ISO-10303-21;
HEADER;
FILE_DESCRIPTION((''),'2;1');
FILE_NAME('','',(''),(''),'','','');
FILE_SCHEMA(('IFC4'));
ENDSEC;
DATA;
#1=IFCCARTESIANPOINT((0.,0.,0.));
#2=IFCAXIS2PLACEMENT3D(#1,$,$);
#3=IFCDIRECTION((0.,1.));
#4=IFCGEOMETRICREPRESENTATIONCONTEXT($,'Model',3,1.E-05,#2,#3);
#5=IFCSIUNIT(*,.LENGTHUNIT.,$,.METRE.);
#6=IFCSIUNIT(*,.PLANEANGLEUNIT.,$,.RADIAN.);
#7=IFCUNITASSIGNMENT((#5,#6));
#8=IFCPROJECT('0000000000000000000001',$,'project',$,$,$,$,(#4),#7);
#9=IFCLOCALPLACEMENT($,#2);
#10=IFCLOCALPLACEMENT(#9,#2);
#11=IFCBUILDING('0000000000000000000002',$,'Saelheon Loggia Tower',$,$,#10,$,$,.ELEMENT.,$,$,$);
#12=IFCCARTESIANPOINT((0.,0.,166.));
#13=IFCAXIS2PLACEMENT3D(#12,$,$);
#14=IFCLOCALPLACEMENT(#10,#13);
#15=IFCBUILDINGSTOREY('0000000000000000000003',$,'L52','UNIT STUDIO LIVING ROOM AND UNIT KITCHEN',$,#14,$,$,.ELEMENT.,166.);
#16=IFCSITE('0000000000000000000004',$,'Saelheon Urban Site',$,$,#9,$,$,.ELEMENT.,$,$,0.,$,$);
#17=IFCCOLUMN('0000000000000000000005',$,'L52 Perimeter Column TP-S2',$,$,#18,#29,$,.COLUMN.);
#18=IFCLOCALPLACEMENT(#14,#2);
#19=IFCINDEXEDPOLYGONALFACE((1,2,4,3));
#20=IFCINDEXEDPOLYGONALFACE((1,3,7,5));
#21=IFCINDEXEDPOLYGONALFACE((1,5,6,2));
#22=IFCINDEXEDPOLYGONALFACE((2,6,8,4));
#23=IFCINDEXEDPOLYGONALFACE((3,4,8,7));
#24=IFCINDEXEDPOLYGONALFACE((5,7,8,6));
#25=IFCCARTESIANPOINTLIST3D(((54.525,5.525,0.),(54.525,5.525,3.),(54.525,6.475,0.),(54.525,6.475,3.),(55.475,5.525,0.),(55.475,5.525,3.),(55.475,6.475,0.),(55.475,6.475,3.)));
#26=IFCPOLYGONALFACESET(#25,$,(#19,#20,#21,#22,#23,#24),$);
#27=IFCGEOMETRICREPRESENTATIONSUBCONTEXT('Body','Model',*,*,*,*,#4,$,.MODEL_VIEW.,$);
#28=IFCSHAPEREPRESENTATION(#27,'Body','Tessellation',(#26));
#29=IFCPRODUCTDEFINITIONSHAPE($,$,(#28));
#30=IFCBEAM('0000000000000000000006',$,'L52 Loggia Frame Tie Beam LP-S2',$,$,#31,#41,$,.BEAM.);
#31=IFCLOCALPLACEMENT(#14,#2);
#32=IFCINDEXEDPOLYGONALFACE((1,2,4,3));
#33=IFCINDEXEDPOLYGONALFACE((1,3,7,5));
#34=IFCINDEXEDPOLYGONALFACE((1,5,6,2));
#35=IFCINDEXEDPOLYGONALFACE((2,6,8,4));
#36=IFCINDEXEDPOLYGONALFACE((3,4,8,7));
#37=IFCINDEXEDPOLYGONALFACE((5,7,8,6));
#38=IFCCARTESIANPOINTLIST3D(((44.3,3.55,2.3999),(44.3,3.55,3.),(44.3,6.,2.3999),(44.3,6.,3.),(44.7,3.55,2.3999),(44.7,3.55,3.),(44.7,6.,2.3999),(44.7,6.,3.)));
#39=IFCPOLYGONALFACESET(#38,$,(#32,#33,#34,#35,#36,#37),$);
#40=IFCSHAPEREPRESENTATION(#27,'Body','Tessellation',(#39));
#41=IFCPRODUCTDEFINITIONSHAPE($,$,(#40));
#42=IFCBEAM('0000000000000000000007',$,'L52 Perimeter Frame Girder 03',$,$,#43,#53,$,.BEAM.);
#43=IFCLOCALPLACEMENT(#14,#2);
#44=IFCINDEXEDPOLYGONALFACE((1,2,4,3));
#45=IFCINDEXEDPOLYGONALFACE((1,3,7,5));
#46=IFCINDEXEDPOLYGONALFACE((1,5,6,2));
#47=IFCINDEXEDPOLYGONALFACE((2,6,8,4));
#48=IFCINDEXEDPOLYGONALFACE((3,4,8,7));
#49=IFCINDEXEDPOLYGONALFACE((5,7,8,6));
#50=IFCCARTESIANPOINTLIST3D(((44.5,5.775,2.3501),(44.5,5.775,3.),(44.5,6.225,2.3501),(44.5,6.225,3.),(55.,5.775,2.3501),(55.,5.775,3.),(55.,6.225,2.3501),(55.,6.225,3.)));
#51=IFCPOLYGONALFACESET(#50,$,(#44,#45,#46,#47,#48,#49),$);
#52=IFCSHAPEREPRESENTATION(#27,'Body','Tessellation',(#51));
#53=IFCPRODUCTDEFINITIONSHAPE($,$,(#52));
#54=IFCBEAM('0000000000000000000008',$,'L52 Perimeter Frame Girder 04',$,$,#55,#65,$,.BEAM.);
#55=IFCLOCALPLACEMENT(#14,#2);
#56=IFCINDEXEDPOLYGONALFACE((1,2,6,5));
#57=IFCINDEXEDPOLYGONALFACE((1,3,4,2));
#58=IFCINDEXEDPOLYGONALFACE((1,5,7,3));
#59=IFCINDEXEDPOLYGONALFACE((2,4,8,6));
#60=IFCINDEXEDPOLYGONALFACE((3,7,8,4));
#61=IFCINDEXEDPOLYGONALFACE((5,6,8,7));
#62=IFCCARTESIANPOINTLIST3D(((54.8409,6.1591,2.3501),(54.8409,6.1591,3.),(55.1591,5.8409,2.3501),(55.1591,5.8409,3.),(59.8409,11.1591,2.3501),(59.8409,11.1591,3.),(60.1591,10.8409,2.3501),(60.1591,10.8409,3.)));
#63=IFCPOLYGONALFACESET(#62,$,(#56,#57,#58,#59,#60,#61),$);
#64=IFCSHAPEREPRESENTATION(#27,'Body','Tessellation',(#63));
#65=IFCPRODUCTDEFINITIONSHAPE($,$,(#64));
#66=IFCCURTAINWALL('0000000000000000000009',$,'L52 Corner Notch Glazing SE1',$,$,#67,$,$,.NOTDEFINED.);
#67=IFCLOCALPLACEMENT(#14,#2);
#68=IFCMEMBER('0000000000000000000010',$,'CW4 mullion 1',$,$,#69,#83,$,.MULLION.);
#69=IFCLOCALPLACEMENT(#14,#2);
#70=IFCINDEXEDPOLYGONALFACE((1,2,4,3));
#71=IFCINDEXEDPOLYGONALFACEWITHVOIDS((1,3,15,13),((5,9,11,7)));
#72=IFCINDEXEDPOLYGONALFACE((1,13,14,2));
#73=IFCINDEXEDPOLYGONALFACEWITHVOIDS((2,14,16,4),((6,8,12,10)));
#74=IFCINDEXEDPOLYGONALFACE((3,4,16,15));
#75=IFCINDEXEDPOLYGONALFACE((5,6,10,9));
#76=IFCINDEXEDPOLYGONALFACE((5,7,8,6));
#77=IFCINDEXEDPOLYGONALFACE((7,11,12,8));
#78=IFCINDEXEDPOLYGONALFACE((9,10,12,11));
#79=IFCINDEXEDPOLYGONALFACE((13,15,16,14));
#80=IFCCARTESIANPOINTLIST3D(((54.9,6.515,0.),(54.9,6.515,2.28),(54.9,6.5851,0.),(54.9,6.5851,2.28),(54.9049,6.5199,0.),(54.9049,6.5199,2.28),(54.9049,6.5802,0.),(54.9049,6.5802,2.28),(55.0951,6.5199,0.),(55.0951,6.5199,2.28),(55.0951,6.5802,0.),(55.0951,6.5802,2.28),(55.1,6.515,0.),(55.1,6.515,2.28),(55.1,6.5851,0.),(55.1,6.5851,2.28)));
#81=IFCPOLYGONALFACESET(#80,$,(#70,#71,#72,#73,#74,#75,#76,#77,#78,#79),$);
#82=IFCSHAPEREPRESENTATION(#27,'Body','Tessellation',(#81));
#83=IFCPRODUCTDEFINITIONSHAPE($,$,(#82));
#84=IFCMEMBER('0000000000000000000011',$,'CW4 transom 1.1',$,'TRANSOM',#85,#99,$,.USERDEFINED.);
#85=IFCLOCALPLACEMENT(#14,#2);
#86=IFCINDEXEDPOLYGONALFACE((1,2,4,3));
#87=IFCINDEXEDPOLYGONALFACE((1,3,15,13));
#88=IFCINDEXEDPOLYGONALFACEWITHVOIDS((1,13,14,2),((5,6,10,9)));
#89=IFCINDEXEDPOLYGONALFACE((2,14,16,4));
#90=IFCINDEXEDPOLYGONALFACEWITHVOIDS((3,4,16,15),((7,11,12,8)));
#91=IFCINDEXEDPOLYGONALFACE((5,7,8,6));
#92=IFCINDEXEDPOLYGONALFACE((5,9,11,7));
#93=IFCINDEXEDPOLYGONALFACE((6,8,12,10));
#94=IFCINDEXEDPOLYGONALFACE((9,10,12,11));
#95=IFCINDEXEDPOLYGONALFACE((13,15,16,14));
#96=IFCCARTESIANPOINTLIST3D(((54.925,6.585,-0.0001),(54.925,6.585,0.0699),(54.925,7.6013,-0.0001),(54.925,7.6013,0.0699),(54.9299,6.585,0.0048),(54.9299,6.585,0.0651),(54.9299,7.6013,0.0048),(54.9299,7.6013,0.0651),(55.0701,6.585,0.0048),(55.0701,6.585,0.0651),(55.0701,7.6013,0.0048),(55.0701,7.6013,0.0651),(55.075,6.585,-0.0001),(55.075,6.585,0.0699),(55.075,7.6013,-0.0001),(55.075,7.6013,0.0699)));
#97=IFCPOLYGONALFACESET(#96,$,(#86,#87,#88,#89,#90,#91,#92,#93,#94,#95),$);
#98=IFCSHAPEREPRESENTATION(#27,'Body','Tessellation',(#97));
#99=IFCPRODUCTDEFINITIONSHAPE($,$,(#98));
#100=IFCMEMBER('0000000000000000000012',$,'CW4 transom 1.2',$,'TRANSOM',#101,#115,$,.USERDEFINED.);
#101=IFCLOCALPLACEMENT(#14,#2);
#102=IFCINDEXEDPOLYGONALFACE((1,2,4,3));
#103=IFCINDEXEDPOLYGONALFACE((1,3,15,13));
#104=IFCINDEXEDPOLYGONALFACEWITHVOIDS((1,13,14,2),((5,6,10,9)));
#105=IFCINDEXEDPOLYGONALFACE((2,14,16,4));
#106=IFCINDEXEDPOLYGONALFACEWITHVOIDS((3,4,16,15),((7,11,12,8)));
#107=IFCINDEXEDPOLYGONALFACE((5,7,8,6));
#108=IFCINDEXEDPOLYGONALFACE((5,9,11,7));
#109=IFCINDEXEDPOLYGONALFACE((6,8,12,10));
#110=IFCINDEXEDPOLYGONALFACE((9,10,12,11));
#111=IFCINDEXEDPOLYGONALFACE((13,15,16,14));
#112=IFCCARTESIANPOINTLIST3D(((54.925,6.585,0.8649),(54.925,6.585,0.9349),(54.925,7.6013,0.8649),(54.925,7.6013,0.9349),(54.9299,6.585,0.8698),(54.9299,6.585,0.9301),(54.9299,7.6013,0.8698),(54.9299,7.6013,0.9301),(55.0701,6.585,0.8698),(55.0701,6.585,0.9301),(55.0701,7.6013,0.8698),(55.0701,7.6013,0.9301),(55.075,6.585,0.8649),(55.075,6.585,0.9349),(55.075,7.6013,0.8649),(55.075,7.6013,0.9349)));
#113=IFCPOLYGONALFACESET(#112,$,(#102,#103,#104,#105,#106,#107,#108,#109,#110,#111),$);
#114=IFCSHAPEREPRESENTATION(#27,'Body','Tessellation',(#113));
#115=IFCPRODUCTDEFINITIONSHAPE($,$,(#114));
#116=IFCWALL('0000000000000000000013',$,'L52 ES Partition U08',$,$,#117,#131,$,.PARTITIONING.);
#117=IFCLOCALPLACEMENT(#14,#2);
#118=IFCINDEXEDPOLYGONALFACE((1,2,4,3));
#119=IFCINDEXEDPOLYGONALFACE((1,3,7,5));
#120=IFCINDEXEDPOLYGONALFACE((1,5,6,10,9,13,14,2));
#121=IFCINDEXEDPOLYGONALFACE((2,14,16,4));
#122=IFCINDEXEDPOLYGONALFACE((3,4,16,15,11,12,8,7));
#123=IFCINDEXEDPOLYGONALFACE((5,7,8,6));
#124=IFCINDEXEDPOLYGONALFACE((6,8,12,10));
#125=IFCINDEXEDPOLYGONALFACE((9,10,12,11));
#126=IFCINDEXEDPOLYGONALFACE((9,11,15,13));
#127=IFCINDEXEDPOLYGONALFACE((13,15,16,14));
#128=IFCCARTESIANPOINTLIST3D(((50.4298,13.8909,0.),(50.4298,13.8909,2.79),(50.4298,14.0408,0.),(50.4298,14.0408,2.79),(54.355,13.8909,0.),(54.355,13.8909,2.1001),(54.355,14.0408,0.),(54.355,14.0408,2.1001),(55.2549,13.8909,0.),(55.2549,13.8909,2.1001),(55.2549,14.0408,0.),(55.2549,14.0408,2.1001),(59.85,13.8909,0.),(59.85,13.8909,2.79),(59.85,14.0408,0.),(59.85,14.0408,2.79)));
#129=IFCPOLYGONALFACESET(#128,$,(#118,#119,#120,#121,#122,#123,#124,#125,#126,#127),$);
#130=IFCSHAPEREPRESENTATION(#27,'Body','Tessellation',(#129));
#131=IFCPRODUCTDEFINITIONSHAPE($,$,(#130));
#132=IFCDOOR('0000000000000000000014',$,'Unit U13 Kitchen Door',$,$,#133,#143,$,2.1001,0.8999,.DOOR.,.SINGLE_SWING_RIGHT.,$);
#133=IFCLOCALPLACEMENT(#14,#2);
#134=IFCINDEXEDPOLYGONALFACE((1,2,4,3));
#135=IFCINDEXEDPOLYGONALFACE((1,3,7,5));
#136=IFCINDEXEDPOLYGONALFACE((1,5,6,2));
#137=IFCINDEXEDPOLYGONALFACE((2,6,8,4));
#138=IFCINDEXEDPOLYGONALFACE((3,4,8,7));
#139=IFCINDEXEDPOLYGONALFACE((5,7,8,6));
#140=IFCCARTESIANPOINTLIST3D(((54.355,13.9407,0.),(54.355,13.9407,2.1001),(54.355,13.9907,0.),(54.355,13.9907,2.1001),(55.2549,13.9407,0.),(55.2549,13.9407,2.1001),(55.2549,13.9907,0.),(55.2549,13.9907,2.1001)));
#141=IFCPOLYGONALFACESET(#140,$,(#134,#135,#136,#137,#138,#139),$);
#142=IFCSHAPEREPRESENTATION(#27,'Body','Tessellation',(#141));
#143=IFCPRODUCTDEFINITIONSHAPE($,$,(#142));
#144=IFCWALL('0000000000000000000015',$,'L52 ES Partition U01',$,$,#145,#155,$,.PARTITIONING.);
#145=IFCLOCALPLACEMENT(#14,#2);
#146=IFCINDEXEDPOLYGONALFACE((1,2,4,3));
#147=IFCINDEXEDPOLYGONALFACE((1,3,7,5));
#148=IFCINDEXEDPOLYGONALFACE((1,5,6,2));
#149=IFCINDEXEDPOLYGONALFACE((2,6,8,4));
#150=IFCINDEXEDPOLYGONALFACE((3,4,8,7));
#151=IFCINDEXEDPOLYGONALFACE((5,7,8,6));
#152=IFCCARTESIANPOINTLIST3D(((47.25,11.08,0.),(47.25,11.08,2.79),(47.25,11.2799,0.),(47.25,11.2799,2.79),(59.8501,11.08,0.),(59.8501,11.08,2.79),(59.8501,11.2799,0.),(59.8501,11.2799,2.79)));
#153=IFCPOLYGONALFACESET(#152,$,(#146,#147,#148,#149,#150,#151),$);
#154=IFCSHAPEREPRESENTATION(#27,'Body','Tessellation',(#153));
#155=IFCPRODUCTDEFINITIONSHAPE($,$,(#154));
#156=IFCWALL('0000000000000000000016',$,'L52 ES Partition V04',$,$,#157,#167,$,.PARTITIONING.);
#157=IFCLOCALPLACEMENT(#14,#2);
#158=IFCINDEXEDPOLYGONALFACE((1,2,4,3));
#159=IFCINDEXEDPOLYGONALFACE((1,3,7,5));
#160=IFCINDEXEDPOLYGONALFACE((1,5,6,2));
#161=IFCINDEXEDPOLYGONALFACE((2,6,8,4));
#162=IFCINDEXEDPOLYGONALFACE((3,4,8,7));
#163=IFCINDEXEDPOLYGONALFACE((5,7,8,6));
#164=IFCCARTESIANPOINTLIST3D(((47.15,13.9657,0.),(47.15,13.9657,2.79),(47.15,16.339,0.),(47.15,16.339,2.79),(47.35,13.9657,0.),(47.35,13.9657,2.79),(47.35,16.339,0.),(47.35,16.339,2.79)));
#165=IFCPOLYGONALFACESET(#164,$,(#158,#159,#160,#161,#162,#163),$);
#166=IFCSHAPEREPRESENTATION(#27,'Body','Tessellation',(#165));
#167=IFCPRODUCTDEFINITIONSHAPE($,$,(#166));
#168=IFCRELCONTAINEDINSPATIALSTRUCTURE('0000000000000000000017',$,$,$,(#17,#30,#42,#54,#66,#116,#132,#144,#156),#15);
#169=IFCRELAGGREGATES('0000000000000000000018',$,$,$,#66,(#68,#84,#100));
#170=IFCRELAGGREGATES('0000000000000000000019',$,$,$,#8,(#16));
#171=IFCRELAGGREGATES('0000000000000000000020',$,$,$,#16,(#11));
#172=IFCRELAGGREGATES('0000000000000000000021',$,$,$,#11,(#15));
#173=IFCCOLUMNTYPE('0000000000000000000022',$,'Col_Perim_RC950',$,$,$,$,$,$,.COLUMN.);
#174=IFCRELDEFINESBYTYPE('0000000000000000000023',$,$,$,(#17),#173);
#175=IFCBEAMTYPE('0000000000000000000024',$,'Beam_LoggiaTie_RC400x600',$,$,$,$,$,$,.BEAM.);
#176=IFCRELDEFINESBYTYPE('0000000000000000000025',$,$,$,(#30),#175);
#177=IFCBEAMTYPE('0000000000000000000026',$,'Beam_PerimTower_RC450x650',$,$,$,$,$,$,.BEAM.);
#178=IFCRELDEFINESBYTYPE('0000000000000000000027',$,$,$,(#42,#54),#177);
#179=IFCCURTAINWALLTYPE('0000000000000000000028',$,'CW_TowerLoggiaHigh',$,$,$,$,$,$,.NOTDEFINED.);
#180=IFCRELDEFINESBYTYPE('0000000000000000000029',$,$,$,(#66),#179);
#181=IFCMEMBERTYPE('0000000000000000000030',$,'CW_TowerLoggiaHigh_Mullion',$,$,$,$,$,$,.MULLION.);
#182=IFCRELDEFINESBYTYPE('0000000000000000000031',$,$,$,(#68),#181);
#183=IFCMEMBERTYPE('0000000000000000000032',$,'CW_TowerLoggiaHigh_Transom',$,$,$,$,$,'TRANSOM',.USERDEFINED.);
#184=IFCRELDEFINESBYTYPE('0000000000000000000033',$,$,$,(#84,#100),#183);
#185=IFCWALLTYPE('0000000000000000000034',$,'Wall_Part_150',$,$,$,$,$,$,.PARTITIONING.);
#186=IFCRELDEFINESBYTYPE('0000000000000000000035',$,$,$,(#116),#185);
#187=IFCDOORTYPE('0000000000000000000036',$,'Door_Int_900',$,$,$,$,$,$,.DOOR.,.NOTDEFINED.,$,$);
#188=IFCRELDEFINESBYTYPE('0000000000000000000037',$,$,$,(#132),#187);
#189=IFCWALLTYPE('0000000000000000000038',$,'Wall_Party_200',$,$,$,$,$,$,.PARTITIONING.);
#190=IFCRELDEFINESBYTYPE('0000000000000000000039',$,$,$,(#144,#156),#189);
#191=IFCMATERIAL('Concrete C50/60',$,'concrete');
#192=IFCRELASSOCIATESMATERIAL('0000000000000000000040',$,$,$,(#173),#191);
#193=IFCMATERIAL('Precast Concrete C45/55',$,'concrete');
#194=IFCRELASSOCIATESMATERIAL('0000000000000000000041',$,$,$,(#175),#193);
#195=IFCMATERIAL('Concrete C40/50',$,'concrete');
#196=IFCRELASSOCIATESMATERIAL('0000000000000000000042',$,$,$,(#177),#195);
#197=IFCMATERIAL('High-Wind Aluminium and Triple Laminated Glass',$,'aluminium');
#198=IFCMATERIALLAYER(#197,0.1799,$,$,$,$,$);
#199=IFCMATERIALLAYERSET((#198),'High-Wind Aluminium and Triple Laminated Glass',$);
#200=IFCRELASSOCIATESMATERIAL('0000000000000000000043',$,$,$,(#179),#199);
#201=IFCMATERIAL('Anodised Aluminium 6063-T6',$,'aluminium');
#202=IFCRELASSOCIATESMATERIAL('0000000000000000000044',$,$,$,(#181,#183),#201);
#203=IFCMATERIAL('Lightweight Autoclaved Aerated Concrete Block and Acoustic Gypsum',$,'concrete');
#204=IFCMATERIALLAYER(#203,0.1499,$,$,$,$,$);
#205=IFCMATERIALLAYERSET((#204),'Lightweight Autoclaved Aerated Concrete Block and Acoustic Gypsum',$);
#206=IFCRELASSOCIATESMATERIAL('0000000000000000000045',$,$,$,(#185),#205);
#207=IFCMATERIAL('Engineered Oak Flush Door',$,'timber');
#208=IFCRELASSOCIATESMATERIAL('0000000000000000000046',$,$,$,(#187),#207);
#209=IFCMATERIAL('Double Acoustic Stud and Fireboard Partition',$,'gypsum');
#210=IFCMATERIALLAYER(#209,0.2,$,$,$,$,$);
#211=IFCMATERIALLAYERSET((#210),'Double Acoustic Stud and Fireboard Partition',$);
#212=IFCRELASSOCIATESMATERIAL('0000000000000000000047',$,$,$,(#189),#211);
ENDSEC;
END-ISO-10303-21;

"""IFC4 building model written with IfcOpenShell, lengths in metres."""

from ifc_helpers import new_model, si_unit, direction, frame, frame_2d, origin, origin_2d, place, context, subcontext, project, spatial, rectangle, hollow_rectangle, extrude, source, transform, mapped, material, layer, layer_set, material_profile, profile_set, type_object, element, fill, aggregate, save


model = new_model("IFC4")

# Units and contexts
model_context = context("Model", 3, precision=1e-05, world=origin(), true_north=direction((0.0, 1.0)))
body_context = subcontext(model_context, "Body", "Model", "MODEL_VIEW")
ifc_project = project(units=[si_unit("LENGTHUNIT", "METRE"), si_unit("PLANEANGLEUNIT", "RADIAN")], contexts=[model_context])

# Site, building, storey
site_placement = place(None, origin())
site = spatial("IfcSite", under=ifc_project, at=site_placement, Name="Saelheon Urban Site", CompositionType="ELEMENT", RefElevation=0.0)
building_placement = place(site_placement, origin())
building = spatial("IfcBuilding", under=site, at=building_placement, Name="Saelheon Loggia Tower", CompositionType="ELEMENT")
storey_placement = place(building_placement, frame((0.0, 0.0, 166.0)))
storey = spatial("IfcBuildingStorey", under=building, at=storey_placement, Name="L52", Description="UNIT STUDIO LIVING ROOM AND UNIT KITCHEN", CompositionType="ELEMENT", Elevation=166.0)

# Column
ifc_material_1 = material(Name="Concrete C50/60", Category="concrete")
ifc_material_profile_1 = material_profile(ifc_material_1, rectangle(XDim=0.95, YDim=0.95, at=origin_2d()), Name="RC-950x950")
ifc_profile_set_1 = profile_set([ifc_material_profile_1], Name="Concrete C50/60")
column_type = type_object("IfcColumnType", Name="Col_Perim_RC950", PredefinedType="COLUMN", material=ifc_profile_set_1)
shared_shape_1 = source(origin(), body_context, "Body", "SweptSolid", [
    extrude(rectangle(XDim=0.95, YDim=0.95, at=origin_2d()), origin(), (0.0, 0.0, 1.0), 3.0),
])
column_placement = place(storey_placement, frame((55.0, 6.0, 0.0), z_axis=(0.0, 0.0, 1.0), x_axis=(1.0, 0.0, 0.0)))
element("IfcColumn", 1, at=column_placement, inside=storey, type_object=column_type, Name="L52 Perimeter Column TP-S2", PredefinedType="COLUMN", context=body_context, shape_type="MappedRepresentation", body=[
    mapped(shared_shape_1, transform((0.0, 0.0, 0.0), scale=1.0)),
])

# Beams
ifc_material_2 = material(Name="Precast Concrete C45/55", Category="concrete")
ifc_material_profile_2 = material_profile(ifc_material_2, rectangle(XDim=0.3999, YDim=0.6001, at=origin_2d()), Name="RC-400x600")
ifc_profile_set_2 = profile_set([ifc_material_profile_2], Name="Precast Concrete C45/55")
beam_type_1 = type_object("IfcBeamType", Name="Beam_LoggiaTie_RC400x600", PredefinedType="BEAM", material=ifc_profile_set_2)
shared_shape_2 = source(origin(), body_context, "Body", "SweptSolid", [
    extrude(rectangle(XDim=0.3999, YDim=0.6001, at=origin_2d()), origin(), (0.0, 0.0, 1.0), 2.45),
])
beam_1_placement = place(storey_placement, frame((44.5, 6.0, 2.7), z_axis=(0.0, -1.0, 0.0), x_axis=(1.0, 0.0, 0.0)))
element("IfcBeam", 2, at=beam_1_placement, inside=storey, type_object=beam_type_1, Name="L52 Loggia Frame Tie Beam LP-S2", PredefinedType="BEAM", context=body_context, shape_type="MappedRepresentation", body=[
    mapped(shared_shape_2, transform((0.0, 0.0, 0.0), scale=1.0)),
])
ifc_material_3 = material(Name="Concrete C40/50", Category="concrete")
ifc_material_profile_3 = material_profile(ifc_material_3, rectangle(XDim=0.45, YDim=0.6499, at=origin_2d()), Name="RC-450x650")
ifc_profile_set_3 = profile_set([ifc_material_profile_3], Name="Concrete C40/50")
beam_type_2 = type_object("IfcBeamType", Name="Beam_PerimTower_RC450x650", PredefinedType="BEAM", material=ifc_profile_set_3)
shared_shape_3 = source(origin(), body_context, "Body", "SweptSolid", [
    extrude(rectangle(XDim=0.45, YDim=0.6499, at=origin_2d()), origin(), (0.0, 0.0, 1.0), 10.5),
])
beam_2_placement = place(storey_placement, frame((44.5, 6.0, 2.675), z_axis=(1.0, 0.0, 0.0), x_axis=(0.0, 1.0, 0.0)))
element("IfcBeam", 3, at=beam_2_placement, inside=storey, type_object=beam_type_2, Name="L52 Perimeter Frame Girder 03", PredefinedType="BEAM", context=body_context, shape_type="MappedRepresentation", body=[
    mapped(shared_shape_3, transform((0.0, 0.0, 0.0), scale=1.0)),
])
shared_shape_4 = source(origin(), body_context, "Body", "SweptSolid", [
    extrude(rectangle(XDim=0.45, YDim=0.6499, at=origin_2d()), origin(), (0.0, 0.0, 1.0), 7.071),
])
beam_3_placement = place(storey_placement, frame((55.0, 6.0, 2.675), z_axis=(0.707107, 0.707107, 0.0), x_axis=(-0.707107, 0.707107, 0.0)))
element("IfcBeam", 4, at=beam_3_placement, inside=storey, type_object=beam_type_2, Name="L52 Perimeter Frame Girder 04", PredefinedType="BEAM", context=body_context, shape_type="MappedRepresentation", body=[
    mapped(shared_shape_4, transform((0.0, 0.0, 0.0), scale=1.0)),
])

# Curtain wall, members
ifc_material_4 = material(Name="High-Wind Aluminium and Triple Laminated Glass", Category="aluminium")
ifc_layer_1 = layer(ifc_material_4, 0.1799)
ifc_layer_set_1 = layer_set([ifc_layer_1], Name="High-Wind Aluminium and Triple Laminated Glass")
curtain_wall_type = type_object("IfcCurtainWallType", Name="CW_TowerLoggiaHigh", PredefinedType="NOTDEFINED", material=ifc_layer_set_1)
curtain_wall_placement = place(storey_placement, origin())
curtain_wall = element("IfcCurtainWall", 5, at=curtain_wall_placement, inside=storey, type_object=curtain_wall_type, Name="L52 Corner Notch Glazing SE1", PredefinedType="NOTDEFINED")
ifc_material_5 = material(Name="Anodised Aluminium 6063-T6", Category="aluminium")
ifc_material_profile_4 = material_profile(ifc_material_5, hollow_rectangle(XDim=0.0701, YDim=0.2, WallThickness=0.0049, at=origin_2d()), Name="RHS-200x70x5")
ifc_profile_set_4 = profile_set([ifc_material_profile_4], Name="Anodised Aluminium 6063-T6")
member_type_1 = type_object("IfcMemberType", Name="CW_TowerLoggiaHigh_Mullion", PredefinedType="MULLION", material=ifc_profile_set_4)
shared_shape_5 = source(origin(), body_context, "Body", "SweptSolid", [
    extrude(hollow_rectangle(XDim=0.0701, YDim=0.2, WallThickness=0.0049, at=origin_2d()), origin(), (0.0, 0.0, 1.0), 2.28),
])
member_1_placement = place(storey_placement, frame((55.0, 6.55, 0.0), z_axis=(0.0, 0.0, 1.0), x_axis=(0.0, 1.0, 0.0)))
member_1 = element("IfcMember", 6, at=member_1_placement, type_object=member_type_1, Name="CW4 mullion 1", PredefinedType="MULLION", context=body_context, shape_type="MappedRepresentation", body=[
    mapped(shared_shape_5, transform((0.0, 0.0, 0.0), scale=1.0)),
])
ifc_material_profile_5 = material_profile(ifc_material_5, hollow_rectangle(XDim=0.0701, YDim=0.1499, WallThickness=0.0049, at=origin_2d()), Name="RHS-150x70x5")
ifc_profile_set_5 = profile_set([ifc_material_profile_5], Name="Anodised Aluminium 6063-T6")
member_type_2 = type_object("IfcMemberType", Name="CW_TowerLoggiaHigh_Transom", ElementType="TRANSOM", PredefinedType="USERDEFINED", material=ifc_profile_set_5)
shared_shape_6 = source(origin(), body_context, "Body", "SweptSolid", [
    extrude(hollow_rectangle(XDim=0.0701, YDim=0.1499, WallThickness=0.0049, at=origin_2d()), origin(), (0.0, 0.0, 1.0), 1.0164),
])
member_2_placement = place(storey_placement, frame((55.0, 6.585, 0.0349), z_axis=(0.0, 1.0, 0.0), x_axis=(0.0, 0.0, 1.0)))
member_2 = element("IfcMember", 7, at=member_2_placement, type_object=member_type_2, Name="CW4 transom 1.1", ObjectType="TRANSOM", PredefinedType="USERDEFINED", context=body_context, shape_type="MappedRepresentation", body=[
    mapped(shared_shape_6, transform((0.0, 0.0, 0.0), scale=1.0)),
])
member_3_placement = place(storey_placement, frame((55.0, 6.585, 0.8999), z_axis=(0.0, 1.0, 0.0), x_axis=(0.0, 0.0, 1.0)))
member_3 = element("IfcMember", 8, at=member_3_placement, type_object=member_type_2, Name="CW4 transom 1.2", ObjectType="TRANSOM", PredefinedType="USERDEFINED", context=body_context, shape_type="MappedRepresentation", body=[
    mapped(shared_shape_6, transform((0.0, 0.0, 0.0), scale=1.0)),
])
aggregate(curtain_wall, [member_1, member_2, member_3])

# Wall, opening, door
ifc_material_6 = material(Name="Lightweight Autoclaved Aerated Concrete Block and Acoustic Gypsum", Category="concrete")
ifc_layer_2 = layer(ifc_material_6, 0.1499)
ifc_layer_set_2 = layer_set([ifc_layer_2], Name="Lightweight Autoclaved Aerated Concrete Block and Acoustic Gypsum")
wall_type_1 = type_object("IfcWallType", Name="Wall_Part_150", PredefinedType="PARTITIONING", material=ifc_layer_set_2)
wall_1_placement = place(storey_placement, frame((50.4299, 13.9658, 0.0), z_axis=(0.0, 0.0, 1.0), x_axis=(1.0, 0.0, 0.0)))
wall_1 = element("IfcWall", 9, at=wall_1_placement, inside=storey, type_object=wall_type_1, Name="L52 ES Partition U08", PredefinedType="PARTITIONING", context=body_context, shape_type="SweptSolid", body=[
    extrude(rectangle(XDim=9.4202, YDim=0.1499, at=frame_2d((4.71, 0.0))), origin(), (0.0, 0.0, 1.0), 2.79),
])
opening_1_placement = place(wall_1_placement, frame((3.925, 0.0, 0.0)))
opening_1 = element("IfcOpeningElement", 10, at=opening_1_placement, cuts=wall_1, PredefinedType="OPENING", context=body_context, shape_type="SweptSolid", body=[
    extrude(rectangle(XDim=0.8999, YDim=2.1001, at=frame_2d((0.45, 1.05))), frame((0.0, 0.0869, 0.0), z_axis=(0.0, -1.0, 0.0), x_axis=(1.0, 0.0, 0.0)), (0.0, 0.0, 1.0), 0.1738),
])
ifc_material_7 = material(Name="Engineered Oak Flush Door", Category="timber")
door_type_1 = type_object("IfcDoorType", Name="Door_Int_900", OperationType="NOTDEFINED", PredefinedType="DOOR", material=ifc_material_7)
shared_shape_7 = source(origin(), body_context, "Body", "SweptSolid", [
    extrude(rectangle(XDim=0.8999, YDim=2.1001, at=frame_2d((0.45, 1.05))), frame((0.0, 0.0249, 0.0), z_axis=(0.0, -1.0, 0.0), x_axis=(1.0, 0.0, 0.0)), (0.0, 0.0, 1.0), 0.05),
])
door_1_placement = place(opening_1_placement, origin())
door_1 = element("IfcDoor", 11, at=door_1_placement, inside=storey, type_object=door_type_1, Name="Unit U13 Kitchen Door", OperationType="SINGLE_SWING_RIGHT", OverallHeight=2.1001, OverallWidth=0.8999, PredefinedType="DOOR", context=body_context, shape_type="MappedRepresentation", body=[
    mapped(shared_shape_7, transform((0.0, 0.0, 0.0), scale=1.0)),
])
fill(opening_1, door_1)

# Wall
ifc_material_8 = material(Name="Double Acoustic Stud and Fireboard Partition", Category="gypsum")
ifc_layer_3 = layer(ifc_material_8, 0.2)
ifc_layer_set_3 = layer_set([ifc_layer_3], Name="Double Acoustic Stud and Fireboard Partition")
wall_type_2 = type_object("IfcWallType", Name="Wall_Party_200", PredefinedType="PARTITIONING", material=ifc_layer_set_3)
wall_2_placement = place(storey_placement, frame((47.25, 11.1799, 0.0), z_axis=(0.0, 0.0, 1.0), x_axis=(1.0, 0.0, 0.0)))
element("IfcWall", 12, at=wall_2_placement, inside=storey, type_object=wall_type_2, Name="L52 ES Partition U01", PredefinedType="PARTITIONING", context=body_context, shape_type="SweptSolid", body=[
    extrude(rectangle(XDim=12.6001, YDim=0.2, at=frame_2d((6.3, 0.0))), origin(), (0.0, 0.0, 1.0), 2.79),
])

# Wall
wall_3_placement = place(storey_placement, frame((47.25, 13.9658, 0.0), z_axis=(0.0, 0.0, 1.0), x_axis=(0.0, 1.0, 0.0)))
element("IfcWall", 13, at=wall_3_placement, inside=storey, type_object=wall_type_2, Name="L52 ES Partition V04", PredefinedType="PARTITIONING", context=body_context, shape_type="SweptSolid", body=[
    extrude(rectangle(XDim=2.3733, YDim=0.2, at=frame_2d((1.1865, 0.0))), origin(), (0.0, 0.0, 1.0), 2.79),
])

save(model, "model.ifc")
